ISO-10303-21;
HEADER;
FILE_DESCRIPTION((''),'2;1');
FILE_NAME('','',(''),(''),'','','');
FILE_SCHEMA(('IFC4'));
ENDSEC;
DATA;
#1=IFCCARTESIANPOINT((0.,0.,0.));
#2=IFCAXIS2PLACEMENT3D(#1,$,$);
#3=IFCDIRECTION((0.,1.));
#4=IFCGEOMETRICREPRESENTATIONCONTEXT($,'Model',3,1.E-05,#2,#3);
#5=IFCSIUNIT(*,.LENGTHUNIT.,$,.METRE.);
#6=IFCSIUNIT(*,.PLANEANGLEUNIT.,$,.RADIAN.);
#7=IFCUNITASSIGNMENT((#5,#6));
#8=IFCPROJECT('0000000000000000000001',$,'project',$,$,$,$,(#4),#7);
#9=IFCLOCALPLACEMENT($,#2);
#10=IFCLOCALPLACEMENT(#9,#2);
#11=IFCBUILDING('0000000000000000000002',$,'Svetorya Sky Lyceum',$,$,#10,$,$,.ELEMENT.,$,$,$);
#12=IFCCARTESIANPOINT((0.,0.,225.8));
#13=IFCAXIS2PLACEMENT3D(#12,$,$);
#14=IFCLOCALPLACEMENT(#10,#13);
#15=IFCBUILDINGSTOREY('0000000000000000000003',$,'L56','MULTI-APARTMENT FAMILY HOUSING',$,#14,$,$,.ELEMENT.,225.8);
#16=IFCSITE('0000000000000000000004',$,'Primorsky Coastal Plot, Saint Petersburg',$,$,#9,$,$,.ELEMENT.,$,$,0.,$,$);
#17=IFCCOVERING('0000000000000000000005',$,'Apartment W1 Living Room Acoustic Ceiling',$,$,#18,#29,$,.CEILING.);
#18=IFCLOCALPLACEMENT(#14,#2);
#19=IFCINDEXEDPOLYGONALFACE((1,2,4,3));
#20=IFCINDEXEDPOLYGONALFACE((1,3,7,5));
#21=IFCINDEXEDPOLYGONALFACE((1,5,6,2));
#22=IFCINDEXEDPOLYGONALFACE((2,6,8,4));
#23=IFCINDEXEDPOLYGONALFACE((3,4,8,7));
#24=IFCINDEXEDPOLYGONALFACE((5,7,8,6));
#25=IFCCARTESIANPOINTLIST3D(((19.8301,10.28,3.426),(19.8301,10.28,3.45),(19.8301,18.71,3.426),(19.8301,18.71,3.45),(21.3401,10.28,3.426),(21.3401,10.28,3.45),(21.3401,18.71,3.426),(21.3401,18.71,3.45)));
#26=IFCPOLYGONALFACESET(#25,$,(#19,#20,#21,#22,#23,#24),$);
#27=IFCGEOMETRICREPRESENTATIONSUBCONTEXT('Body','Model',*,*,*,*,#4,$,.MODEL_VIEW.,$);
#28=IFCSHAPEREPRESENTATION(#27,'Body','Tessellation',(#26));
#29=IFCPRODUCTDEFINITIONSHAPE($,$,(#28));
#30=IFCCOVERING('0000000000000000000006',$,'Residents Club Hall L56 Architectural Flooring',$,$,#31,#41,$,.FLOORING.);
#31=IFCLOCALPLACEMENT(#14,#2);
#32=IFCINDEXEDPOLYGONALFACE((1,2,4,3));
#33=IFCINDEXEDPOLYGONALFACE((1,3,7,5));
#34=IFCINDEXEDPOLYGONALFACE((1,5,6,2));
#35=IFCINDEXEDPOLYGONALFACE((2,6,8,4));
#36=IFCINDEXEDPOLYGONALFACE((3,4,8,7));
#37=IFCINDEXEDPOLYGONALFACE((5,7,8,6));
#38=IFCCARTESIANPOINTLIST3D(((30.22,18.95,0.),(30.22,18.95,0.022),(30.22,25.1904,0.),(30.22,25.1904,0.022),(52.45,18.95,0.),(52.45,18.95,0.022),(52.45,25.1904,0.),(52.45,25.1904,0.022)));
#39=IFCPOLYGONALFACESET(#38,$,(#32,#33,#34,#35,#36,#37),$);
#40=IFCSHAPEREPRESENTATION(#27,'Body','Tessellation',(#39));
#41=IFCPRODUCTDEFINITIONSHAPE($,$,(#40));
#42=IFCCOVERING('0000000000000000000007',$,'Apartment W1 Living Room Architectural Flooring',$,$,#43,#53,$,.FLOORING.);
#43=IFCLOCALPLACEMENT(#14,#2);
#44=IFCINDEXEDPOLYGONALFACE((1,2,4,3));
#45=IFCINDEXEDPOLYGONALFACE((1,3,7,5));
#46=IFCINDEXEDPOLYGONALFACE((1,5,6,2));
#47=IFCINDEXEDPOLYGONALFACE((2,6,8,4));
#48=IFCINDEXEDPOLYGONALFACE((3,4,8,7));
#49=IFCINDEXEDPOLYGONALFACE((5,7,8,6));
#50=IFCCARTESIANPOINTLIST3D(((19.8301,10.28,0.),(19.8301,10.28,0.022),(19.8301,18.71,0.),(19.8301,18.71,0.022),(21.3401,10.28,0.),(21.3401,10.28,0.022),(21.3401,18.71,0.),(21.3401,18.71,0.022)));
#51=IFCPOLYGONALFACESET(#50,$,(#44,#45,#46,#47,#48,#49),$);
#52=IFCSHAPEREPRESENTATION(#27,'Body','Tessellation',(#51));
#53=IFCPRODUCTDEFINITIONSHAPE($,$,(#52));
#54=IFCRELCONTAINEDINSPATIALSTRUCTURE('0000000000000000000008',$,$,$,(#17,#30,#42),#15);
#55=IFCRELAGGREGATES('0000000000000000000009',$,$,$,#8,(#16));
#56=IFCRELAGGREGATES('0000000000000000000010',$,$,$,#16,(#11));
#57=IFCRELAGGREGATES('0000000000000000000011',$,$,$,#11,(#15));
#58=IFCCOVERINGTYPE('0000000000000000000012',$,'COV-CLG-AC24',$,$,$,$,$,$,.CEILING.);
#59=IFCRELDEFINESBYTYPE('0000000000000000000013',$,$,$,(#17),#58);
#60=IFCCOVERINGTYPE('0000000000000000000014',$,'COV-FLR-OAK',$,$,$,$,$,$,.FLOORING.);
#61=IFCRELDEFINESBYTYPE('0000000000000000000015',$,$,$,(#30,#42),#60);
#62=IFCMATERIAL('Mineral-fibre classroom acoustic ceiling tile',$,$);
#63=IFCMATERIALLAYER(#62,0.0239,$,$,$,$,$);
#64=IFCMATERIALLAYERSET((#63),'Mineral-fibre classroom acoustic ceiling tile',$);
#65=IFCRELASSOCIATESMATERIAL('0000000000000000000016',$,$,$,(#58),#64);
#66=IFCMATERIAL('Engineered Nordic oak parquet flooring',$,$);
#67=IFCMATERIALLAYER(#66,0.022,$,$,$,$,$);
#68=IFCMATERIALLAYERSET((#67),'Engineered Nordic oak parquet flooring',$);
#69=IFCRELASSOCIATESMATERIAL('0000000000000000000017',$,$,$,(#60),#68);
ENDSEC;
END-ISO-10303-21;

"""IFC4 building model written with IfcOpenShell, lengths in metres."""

from ifc_helpers import new_model, si_unit, direction, frame, origin, place, context, subcontext, project, spatial, polyline, outline, extrude, material, layer, layer_set, type_object, element, save


model = new_model("IFC4")

# Units and contexts
model_context = context("Model", 3, precision=1e-05, world=origin(), true_north=direction((0.0, 1.0)))
body_context = subcontext(model_context, "Body", "Model", "MODEL_VIEW")
ifc_project = project(units=[si_unit("LENGTHUNIT", "METRE"), si_unit("PLANEANGLEUNIT", "RADIAN")], contexts=[model_context])

# Site, building, storey
site_placement = place(None, origin())
site = spatial("IfcSite", under=ifc_project, at=site_placement, Name="Primorsky Coastal Plot, Saint Petersburg", CompositionType="ELEMENT", RefElevation=0.0)
building_placement = place(site_placement, origin())
building = spatial("IfcBuilding", under=site, at=building_placement, Name="Svetorya Sky Lyceum", CompositionType="ELEMENT")
storey_placement = place(building_placement, frame((0.0, 0.0, 225.8)))
storey = spatial("IfcBuildingStorey", under=building, at=storey_placement, Name="L56", Description="MULTI-APARTMENT FAMILY HOUSING", CompositionType="ELEMENT", Elevation=225.8)

# Coverings
ifc_material_1 = material(Name="Mineral-fibre classroom acoustic ceiling tile")
ifc_layer_1 = layer(ifc_material_1, 0.0239)
ifc_layer_set_1 = layer_set([ifc_layer_1], Name="Mineral-fibre classroom acoustic ceiling tile")
covering_type_1 = type_object("IfcCoveringType", Name="COV-CLG-AC24", PredefinedType="CEILING", material=ifc_layer_set_1)
covering_1_placement = place(storey_placement, frame((0.0, 0.0, 3.426)))
element("IfcCovering", 1, at=covering_1_placement, inside=storey, type_object=covering_type_1, Name="Apartment W1 Living Room Acoustic Ceiling", PredefinedType="CEILING", context=body_context, shape_type="SweptSolid", body=[
    extrude(outline(polyline([(19.8301, 10.28), (21.3401, 10.28), (21.3401, 18.71), (19.8301, 18.71), (19.8301, 10.28)])), origin(), (0.0, 0.0, 1.0), 0.0239),
])
ifc_material_2 = material(Name="Engineered Nordic oak parquet flooring")
ifc_layer_2 = layer(ifc_material_2, 0.022)
ifc_layer_set_2 = layer_set([ifc_layer_2], Name="Engineered Nordic oak parquet flooring")
covering_type_2 = type_object("IfcCoveringType", Name="COV-FLR-OAK", PredefinedType="FLOORING", material=ifc_layer_set_2)
covering_2_placement = place(storey_placement, origin())
element("IfcCovering", 2, at=covering_2_placement, inside=storey, type_object=covering_type_2, Name="Residents Club Hall L56 Architectural Flooring", PredefinedType="FLOORING", context=body_context, shape_type="SweptSolid", body=[
    extrude(outline(polyline([(30.22, 18.95), (52.45, 18.95), (52.45, 25.1904), (30.22, 25.1904), (30.22, 18.95)])), origin(), (0.0, 0.0, 1.0), 0.022),
])
covering_3_placement = place(storey_placement, origin())
element("IfcCovering", 3, at=covering_3_placement, inside=storey, type_object=covering_type_2, Name="Apartment W1 Living Room Architectural Flooring", PredefinedType="FLOORING", context=body_context, shape_type="SweptSolid", body=[
    extrude(outline(polyline([(19.8301, 10.28), (21.3401, 10.28), (21.3401, 18.71), (19.8301, 18.71), (19.8301, 10.28)])), origin(), (0.0, 0.0, 1.0), 0.022),
])

save(model, "model.ifc")
